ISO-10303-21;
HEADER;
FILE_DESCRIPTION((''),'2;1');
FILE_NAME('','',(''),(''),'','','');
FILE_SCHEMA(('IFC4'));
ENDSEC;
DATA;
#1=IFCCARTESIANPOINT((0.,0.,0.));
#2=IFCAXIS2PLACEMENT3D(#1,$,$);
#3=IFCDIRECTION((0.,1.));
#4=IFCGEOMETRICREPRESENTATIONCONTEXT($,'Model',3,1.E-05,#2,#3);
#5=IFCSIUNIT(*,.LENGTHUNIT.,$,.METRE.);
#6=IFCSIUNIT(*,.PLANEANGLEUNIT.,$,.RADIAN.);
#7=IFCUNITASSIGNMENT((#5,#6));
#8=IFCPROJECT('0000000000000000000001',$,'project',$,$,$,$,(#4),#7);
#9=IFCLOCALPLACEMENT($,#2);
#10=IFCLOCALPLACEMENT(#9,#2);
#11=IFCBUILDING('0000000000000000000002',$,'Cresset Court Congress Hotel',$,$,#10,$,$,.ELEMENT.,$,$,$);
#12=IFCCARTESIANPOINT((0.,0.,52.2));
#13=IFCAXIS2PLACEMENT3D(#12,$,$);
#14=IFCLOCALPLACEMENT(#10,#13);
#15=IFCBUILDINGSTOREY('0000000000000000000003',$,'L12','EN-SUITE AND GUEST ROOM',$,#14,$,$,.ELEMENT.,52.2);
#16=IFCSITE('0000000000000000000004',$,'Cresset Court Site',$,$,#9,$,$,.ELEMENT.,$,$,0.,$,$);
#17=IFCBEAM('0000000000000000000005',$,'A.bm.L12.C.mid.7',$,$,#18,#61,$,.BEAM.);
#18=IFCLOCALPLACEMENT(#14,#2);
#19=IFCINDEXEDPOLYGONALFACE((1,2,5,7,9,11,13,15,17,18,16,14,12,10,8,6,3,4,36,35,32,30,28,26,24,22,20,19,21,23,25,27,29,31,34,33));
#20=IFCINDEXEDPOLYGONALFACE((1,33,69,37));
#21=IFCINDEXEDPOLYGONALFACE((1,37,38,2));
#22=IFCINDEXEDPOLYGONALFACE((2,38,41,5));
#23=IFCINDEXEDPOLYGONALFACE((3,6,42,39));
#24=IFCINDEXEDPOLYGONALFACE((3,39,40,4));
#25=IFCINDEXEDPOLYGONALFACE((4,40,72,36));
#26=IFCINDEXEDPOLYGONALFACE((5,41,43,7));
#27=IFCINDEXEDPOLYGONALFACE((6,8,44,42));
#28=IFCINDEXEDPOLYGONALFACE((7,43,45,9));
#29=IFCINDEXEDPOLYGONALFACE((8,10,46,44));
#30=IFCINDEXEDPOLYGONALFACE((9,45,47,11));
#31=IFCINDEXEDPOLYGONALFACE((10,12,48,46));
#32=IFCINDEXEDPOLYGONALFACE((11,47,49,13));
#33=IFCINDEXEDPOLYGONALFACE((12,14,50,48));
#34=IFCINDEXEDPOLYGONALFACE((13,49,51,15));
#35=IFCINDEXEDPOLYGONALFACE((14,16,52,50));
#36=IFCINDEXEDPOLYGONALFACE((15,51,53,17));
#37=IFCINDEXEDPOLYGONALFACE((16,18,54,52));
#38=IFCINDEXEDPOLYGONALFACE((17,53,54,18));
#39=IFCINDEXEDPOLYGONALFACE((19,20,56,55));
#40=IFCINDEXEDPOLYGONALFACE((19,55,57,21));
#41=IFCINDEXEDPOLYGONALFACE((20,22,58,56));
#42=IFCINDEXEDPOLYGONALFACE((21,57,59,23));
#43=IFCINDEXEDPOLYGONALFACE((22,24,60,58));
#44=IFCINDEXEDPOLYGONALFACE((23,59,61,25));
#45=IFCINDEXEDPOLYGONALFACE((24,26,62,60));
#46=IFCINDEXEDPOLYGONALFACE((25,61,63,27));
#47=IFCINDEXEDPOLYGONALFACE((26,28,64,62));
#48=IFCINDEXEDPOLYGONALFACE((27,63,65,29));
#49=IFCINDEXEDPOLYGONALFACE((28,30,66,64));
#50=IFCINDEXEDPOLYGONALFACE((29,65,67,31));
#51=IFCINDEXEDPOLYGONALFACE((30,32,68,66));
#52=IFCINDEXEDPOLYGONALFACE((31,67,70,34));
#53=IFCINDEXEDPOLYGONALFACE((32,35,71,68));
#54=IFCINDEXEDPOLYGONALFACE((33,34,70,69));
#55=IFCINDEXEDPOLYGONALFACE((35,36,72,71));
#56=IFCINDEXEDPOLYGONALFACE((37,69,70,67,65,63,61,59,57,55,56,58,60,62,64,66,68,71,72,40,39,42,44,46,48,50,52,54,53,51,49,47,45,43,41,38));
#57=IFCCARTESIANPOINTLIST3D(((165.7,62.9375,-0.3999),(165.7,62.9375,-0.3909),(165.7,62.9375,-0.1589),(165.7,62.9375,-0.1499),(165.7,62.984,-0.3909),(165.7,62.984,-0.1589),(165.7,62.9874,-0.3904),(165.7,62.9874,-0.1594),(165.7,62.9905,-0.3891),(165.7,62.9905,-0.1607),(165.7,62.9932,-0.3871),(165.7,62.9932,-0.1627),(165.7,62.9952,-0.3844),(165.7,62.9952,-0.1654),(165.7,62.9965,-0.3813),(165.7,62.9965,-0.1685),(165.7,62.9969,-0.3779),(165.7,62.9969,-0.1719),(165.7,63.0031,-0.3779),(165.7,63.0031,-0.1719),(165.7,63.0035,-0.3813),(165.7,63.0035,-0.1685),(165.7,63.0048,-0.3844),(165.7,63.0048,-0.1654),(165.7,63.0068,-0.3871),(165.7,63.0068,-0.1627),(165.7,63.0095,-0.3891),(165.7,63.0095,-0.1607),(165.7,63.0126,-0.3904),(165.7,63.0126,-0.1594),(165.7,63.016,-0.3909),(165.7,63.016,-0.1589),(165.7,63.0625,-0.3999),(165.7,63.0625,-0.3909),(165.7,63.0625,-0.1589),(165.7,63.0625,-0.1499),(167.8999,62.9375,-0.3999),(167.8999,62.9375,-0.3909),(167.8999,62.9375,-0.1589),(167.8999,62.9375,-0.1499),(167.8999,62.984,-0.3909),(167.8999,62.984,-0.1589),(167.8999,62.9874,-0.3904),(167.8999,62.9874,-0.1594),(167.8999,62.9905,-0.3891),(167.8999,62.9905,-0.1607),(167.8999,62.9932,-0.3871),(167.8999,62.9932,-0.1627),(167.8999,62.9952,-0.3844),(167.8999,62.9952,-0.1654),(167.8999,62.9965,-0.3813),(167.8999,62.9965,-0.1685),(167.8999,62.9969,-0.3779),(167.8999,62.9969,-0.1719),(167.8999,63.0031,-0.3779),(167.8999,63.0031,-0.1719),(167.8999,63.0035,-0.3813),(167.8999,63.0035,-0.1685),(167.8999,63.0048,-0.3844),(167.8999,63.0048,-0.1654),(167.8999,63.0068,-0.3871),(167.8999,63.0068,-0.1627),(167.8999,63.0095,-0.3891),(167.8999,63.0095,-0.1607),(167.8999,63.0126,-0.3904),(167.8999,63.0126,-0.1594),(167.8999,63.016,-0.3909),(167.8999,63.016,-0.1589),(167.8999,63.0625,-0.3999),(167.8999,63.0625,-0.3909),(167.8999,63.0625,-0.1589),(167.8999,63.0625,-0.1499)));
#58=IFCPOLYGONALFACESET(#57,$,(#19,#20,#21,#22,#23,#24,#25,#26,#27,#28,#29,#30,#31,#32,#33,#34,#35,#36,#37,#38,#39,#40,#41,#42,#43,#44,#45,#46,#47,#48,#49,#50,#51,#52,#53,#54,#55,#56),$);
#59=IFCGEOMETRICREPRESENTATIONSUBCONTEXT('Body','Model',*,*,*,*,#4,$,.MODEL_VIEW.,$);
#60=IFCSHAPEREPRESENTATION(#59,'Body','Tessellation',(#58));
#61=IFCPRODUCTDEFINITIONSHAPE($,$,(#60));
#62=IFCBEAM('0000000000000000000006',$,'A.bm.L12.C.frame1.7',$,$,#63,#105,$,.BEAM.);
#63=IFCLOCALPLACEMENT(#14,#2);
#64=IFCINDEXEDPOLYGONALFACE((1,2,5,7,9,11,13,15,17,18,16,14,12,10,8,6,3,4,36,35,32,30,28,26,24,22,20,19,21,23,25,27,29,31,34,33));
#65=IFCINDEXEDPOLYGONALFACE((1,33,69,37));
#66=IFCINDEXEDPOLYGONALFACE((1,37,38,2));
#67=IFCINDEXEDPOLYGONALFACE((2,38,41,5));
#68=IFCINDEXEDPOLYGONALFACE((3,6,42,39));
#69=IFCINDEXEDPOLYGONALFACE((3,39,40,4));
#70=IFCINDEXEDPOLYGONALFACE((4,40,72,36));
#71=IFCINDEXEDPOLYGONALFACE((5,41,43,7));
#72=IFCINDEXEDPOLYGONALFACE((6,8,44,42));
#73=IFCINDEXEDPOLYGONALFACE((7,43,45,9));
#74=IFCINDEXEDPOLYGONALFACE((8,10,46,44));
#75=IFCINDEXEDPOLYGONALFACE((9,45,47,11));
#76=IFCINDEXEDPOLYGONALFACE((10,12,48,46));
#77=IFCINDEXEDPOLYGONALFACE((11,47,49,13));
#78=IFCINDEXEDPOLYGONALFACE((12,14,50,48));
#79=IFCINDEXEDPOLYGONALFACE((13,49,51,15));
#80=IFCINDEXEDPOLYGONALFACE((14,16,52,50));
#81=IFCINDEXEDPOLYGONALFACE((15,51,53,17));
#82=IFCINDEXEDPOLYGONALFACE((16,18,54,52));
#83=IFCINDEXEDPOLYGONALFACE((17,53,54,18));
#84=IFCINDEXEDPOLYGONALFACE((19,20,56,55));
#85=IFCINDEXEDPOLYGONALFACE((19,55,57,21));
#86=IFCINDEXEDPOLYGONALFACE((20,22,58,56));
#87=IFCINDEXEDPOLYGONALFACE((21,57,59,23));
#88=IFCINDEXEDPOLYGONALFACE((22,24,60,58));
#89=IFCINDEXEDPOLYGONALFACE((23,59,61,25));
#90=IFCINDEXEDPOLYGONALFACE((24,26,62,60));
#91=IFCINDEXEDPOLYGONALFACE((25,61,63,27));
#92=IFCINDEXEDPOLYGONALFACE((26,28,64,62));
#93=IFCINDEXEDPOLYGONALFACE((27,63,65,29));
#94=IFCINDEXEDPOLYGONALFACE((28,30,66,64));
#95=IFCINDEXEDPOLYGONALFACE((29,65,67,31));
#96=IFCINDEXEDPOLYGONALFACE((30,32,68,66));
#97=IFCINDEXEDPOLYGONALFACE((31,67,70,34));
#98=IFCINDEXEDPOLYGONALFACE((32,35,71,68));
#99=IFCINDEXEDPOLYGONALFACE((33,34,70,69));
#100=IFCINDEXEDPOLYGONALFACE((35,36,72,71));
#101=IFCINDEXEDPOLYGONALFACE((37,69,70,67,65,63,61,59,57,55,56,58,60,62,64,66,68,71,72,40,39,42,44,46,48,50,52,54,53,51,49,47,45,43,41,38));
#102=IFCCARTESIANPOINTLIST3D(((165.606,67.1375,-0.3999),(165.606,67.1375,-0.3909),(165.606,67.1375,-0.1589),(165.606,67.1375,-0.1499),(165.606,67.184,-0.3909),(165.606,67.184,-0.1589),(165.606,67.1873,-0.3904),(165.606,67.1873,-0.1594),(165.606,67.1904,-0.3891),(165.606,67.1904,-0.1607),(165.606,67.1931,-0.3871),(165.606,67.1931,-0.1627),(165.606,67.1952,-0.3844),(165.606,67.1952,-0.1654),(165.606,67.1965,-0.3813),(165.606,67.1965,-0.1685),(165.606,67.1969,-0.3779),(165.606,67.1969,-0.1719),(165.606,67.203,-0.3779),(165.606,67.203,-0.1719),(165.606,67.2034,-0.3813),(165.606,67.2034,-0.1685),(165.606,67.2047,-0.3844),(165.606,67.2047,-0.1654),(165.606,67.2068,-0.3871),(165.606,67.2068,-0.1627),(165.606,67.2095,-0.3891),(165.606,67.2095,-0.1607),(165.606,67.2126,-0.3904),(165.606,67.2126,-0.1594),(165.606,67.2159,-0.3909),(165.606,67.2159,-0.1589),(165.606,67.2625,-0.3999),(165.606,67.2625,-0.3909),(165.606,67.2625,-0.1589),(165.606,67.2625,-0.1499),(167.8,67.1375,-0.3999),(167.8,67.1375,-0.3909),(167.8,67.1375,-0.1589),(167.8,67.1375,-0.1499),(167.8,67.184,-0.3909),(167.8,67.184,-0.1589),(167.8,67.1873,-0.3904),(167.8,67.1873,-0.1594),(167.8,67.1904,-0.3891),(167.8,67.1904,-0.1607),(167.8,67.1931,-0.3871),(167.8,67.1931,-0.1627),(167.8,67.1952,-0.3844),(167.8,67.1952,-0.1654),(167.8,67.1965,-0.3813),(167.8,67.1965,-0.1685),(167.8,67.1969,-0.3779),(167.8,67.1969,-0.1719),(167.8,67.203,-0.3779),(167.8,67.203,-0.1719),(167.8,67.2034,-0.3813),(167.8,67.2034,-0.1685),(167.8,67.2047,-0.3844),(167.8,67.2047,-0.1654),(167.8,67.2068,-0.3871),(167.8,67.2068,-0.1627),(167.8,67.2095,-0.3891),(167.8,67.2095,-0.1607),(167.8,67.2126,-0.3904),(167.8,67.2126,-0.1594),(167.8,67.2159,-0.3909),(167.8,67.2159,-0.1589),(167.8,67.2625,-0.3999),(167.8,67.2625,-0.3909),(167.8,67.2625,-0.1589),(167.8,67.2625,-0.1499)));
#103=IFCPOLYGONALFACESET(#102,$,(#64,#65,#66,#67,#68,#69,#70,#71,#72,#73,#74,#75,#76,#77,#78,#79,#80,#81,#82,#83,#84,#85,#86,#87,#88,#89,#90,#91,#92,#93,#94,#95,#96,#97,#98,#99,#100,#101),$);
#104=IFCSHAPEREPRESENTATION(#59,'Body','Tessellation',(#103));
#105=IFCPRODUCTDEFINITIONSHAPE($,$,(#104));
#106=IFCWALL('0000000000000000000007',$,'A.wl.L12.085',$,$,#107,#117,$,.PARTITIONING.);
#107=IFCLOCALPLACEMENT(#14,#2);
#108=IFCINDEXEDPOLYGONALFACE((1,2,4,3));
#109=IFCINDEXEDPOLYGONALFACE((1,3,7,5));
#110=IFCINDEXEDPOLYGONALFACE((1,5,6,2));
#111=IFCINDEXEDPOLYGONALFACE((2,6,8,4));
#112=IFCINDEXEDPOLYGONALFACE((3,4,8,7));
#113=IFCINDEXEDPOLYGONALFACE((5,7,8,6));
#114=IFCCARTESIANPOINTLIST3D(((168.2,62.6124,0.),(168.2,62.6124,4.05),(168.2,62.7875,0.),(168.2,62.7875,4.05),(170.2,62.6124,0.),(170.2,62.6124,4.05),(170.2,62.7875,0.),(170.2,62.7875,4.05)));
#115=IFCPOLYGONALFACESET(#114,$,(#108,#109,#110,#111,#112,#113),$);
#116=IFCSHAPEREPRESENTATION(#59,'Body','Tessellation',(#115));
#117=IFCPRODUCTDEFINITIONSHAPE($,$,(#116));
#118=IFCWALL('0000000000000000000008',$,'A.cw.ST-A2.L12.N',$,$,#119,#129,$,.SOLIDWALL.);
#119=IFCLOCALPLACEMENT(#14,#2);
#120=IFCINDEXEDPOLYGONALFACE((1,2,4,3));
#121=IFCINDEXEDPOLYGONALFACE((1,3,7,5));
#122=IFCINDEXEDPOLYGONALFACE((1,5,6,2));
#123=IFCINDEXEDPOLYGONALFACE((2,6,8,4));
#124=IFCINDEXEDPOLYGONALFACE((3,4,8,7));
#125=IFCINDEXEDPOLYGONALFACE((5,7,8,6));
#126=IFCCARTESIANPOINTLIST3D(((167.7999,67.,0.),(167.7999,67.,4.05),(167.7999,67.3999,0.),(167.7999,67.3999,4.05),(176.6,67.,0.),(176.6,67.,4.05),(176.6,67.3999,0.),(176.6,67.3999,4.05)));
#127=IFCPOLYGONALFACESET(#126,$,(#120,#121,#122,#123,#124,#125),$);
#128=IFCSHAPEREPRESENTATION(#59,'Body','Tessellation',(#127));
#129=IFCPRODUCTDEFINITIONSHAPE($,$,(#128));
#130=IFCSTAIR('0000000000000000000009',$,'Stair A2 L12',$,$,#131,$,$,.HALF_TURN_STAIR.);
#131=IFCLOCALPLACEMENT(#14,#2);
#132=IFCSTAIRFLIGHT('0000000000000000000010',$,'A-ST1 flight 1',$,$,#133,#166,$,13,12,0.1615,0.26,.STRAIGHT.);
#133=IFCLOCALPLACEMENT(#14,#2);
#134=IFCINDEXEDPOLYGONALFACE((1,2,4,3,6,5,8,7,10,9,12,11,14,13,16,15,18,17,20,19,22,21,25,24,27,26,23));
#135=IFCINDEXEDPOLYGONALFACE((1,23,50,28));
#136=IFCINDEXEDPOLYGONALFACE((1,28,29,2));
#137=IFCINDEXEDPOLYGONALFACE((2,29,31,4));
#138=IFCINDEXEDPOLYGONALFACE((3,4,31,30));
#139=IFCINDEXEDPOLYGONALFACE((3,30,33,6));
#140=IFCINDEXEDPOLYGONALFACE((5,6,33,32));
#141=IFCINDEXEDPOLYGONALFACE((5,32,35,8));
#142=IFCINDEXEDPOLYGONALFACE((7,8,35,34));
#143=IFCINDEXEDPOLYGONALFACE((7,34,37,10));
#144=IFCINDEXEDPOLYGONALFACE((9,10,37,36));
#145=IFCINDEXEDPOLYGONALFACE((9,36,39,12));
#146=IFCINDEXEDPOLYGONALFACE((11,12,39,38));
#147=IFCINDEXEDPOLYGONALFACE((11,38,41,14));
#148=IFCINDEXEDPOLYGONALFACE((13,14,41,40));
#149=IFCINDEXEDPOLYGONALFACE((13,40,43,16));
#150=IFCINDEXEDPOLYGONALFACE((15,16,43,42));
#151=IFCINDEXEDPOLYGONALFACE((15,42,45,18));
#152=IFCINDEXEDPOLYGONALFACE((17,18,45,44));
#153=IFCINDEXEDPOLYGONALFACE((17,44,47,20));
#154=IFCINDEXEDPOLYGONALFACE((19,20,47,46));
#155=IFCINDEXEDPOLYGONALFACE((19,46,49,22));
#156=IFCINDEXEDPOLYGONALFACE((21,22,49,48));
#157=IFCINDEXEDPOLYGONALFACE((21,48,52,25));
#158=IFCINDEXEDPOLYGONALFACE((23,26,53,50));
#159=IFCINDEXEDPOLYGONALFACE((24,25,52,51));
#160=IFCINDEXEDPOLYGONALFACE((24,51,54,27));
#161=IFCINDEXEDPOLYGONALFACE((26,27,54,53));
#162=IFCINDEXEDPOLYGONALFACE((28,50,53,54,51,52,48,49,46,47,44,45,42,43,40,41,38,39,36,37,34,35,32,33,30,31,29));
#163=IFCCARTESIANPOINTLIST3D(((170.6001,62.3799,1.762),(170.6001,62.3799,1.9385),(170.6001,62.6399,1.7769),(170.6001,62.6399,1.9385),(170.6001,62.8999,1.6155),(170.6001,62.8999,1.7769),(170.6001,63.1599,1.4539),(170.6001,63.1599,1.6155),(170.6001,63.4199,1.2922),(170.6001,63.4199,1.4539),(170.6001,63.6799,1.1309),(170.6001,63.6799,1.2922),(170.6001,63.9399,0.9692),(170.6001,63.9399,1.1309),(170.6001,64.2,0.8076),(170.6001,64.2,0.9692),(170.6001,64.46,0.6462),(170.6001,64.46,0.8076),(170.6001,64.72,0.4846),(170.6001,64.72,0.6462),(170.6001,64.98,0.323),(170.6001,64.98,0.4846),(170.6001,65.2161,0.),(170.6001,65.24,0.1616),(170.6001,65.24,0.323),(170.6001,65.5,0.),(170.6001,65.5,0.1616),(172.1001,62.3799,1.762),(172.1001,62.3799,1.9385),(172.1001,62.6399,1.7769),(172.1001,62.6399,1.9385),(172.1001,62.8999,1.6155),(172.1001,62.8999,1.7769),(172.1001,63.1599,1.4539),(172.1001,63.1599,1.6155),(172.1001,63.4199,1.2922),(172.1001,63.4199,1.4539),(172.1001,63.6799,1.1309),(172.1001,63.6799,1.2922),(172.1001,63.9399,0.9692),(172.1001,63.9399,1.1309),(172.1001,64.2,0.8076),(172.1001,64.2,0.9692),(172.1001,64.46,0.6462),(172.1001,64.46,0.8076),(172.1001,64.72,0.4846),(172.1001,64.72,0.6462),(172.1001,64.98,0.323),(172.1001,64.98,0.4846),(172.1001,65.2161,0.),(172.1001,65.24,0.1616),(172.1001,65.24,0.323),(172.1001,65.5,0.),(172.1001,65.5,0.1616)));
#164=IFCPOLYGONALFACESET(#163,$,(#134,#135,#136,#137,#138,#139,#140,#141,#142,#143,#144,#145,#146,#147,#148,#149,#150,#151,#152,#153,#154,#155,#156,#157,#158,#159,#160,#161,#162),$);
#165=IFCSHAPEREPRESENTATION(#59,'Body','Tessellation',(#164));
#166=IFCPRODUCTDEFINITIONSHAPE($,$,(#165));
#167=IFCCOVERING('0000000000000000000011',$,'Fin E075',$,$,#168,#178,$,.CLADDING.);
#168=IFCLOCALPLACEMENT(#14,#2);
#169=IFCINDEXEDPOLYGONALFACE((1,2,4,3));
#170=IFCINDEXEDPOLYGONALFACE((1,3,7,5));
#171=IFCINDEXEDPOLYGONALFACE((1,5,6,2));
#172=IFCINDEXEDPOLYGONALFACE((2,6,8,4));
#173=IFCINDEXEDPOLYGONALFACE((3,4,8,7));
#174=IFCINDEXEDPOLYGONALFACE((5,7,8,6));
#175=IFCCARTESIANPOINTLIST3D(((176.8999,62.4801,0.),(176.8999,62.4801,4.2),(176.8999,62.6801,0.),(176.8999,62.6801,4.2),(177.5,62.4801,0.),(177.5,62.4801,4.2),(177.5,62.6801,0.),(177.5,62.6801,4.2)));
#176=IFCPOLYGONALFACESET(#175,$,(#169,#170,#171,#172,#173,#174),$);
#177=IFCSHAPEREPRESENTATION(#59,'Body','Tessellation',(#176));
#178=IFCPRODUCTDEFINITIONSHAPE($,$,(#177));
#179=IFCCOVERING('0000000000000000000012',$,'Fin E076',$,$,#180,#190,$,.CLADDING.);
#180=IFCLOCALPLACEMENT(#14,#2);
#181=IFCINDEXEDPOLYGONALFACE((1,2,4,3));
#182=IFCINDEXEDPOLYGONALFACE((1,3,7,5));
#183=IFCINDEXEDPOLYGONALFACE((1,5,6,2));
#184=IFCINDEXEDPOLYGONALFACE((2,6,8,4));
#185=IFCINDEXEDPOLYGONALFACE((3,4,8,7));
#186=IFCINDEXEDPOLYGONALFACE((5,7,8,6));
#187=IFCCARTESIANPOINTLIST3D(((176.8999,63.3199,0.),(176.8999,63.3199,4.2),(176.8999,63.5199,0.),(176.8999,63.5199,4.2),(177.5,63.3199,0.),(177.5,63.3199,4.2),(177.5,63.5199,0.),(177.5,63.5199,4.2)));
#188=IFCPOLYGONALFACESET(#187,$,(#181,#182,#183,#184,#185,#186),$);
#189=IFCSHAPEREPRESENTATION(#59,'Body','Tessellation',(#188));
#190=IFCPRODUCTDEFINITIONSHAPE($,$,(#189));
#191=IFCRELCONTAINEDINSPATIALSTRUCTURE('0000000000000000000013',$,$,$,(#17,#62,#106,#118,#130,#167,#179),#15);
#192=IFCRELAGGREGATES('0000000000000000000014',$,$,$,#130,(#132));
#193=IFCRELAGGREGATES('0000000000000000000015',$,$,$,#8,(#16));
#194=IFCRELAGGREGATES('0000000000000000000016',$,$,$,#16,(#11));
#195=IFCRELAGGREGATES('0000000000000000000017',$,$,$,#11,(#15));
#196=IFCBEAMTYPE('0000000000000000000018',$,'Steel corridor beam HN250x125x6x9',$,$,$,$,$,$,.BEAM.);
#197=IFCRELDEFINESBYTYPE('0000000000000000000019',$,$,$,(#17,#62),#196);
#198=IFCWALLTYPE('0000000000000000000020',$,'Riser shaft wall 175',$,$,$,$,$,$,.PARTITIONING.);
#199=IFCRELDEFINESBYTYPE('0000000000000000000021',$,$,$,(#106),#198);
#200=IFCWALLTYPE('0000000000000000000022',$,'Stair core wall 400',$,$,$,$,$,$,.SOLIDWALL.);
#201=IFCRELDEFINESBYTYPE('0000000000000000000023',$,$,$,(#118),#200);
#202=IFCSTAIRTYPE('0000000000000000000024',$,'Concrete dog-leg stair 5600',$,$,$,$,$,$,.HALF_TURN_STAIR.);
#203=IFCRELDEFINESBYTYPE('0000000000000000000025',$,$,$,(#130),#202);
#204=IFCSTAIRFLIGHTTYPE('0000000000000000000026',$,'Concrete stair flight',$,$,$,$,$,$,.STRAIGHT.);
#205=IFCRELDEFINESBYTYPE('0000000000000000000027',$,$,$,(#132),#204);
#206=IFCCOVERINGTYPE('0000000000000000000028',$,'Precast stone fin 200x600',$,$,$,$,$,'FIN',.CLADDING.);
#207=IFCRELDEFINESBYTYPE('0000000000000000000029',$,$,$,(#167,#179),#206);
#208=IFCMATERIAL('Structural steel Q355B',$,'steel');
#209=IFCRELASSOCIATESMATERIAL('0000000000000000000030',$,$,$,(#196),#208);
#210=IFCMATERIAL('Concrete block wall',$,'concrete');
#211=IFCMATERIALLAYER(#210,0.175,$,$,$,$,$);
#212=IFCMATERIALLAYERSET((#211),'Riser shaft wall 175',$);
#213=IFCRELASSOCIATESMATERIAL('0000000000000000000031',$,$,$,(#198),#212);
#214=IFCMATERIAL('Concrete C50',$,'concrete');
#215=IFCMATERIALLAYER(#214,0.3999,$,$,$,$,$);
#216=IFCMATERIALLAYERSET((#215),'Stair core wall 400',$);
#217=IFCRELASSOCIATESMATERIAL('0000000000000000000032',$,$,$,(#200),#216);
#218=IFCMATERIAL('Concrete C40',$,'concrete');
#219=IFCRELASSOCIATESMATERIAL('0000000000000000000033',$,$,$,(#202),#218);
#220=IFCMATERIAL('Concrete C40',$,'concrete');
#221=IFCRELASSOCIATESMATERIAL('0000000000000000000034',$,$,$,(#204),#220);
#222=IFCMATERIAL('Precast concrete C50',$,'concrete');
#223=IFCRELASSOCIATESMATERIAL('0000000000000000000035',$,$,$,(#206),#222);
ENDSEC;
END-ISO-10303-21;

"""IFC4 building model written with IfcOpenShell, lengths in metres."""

from ifc_helpers import new_model, si_unit, direction, frame, frame_2d, origin, origin_2d, place, context, subcontext, project, spatial, polyline, rectangle, i_section, outline, extrude, material, layer, layer_set, material_profile, profile_set, type_object, element, aggregate, save


model = new_model("IFC4")

# Units and contexts
model_context = context("Model", 3, precision=1e-05, world=origin(), true_north=direction((0.0, 1.0)))
body_context = subcontext(model_context, "Body", "Model", "MODEL_VIEW")
ifc_project = project(units=[si_unit("LENGTHUNIT", "METRE"), si_unit("PLANEANGLEUNIT", "RADIAN")], contexts=[model_context])

# Site, building, storey
site_placement = place(None, origin())
site = spatial("IfcSite", under=ifc_project, at=site_placement, Name="Cresset Court Site", CompositionType="ELEMENT", RefElevation=0.0)
building_placement = place(site_placement, origin())
building = spatial("IfcBuilding", under=site, at=building_placement, Name="Cresset Court Congress Hotel", CompositionType="ELEMENT")
storey_placement = place(building_placement, frame((0.0, 0.0, 52.2)))
storey = spatial("IfcBuildingStorey", under=building, at=storey_placement, Name="L12", Description="EN-SUITE AND GUEST ROOM", CompositionType="ELEMENT", Elevation=52.2)

# Beams
ifc_material_1 = material(Name="Structural steel Q355B", Category="steel")
ifc_material_profile = material_profile(ifc_material_1, i_section(OverallWidth=0.125, OverallDepth=0.25, WebThickness=0.0061, FlangeThickness=0.009, FilletRadius=0.0129, at=origin_2d()), Name="HN250x125x6x9")
ifc_profile_set = profile_set([ifc_material_profile], Name="Structural steel Q355B")
beam_type = type_object("IfcBeamType", Name="Steel corridor beam HN250x125x6x9", PredefinedType="BEAM", material=ifc_profile_set)
beam_1_placement = place(storey_placement, frame((165.7, 63.0, -0.2749), z_axis=(1.0, 0.0, 0.0), x_axis=(0.0, 1.0, 0.0)))
element("IfcBeam", 1, at=beam_1_placement, inside=storey, type_object=beam_type, Name="A.bm.L12.C.mid.7", PredefinedType="BEAM", context=body_context, shape_type="SweptSolid", body=[
    extrude(i_section(OverallWidth=0.125, OverallDepth=0.25, WebThickness=0.0061, FlangeThickness=0.009, FilletRadius=0.0129, at=origin_2d()), origin(), (0.0, 0.0, 1.0), 2.2),
])
beam_2_placement = place(storey_placement, frame((165.606, 67.2, -0.2749), z_axis=(1.0, 0.0, 0.0), x_axis=(0.0, 1.0, 0.0)))
element("IfcBeam", 2, at=beam_2_placement, inside=storey, type_object=beam_type, Name="A.bm.L12.C.frame1.7", PredefinedType="BEAM", context=body_context, shape_type="SweptSolid", body=[
    extrude(i_section(OverallWidth=0.125, OverallDepth=0.25, WebThickness=0.0061, FlangeThickness=0.009, FilletRadius=0.0129, at=origin_2d()), origin(), (0.0, 0.0, 1.0), 2.1941),
])

# Walls
ifc_material_2 = material(Name="Concrete block wall", Category="concrete")
ifc_layer_1 = layer(ifc_material_2, 0.175)
ifc_layer_set_1 = layer_set([ifc_layer_1], Name="Riser shaft wall 175")
wall_type_1 = type_object("IfcWallType", Name="Riser shaft wall 175", PredefinedType="PARTITIONING", material=ifc_layer_set_1)
wall_1_placement = place(storey_placement, frame((168.2, 62.7, 0.0), z_axis=(0.0, 0.0, 1.0), x_axis=(1.0, 0.0, 0.0)))
element("IfcWall", 3, at=wall_1_placement, inside=storey, type_object=wall_type_1, Name="A.wl.L12.085", PredefinedType="PARTITIONING", context=body_context, shape_type="SweptSolid", body=[
    extrude(rectangle(XDim=2.0, YDim=0.175, at=frame_2d((1.0, 0.0))), origin(), (0.0, 0.0, 1.0), 4.05),
])
ifc_material_3 = material(Name="Concrete C50", Category="concrete")
ifc_layer_2 = layer(ifc_material_3, 0.3999)
ifc_layer_set_2 = layer_set([ifc_layer_2], Name="Stair core wall 400")
wall_type_2 = type_object("IfcWallType", Name="Stair core wall 400", PredefinedType="SOLIDWALL", material=ifc_layer_set_2)
wall_2_placement = place(storey_placement, frame((167.8, 67.2, 0.0), z_axis=(0.0, 0.0, 1.0), x_axis=(1.0, 0.0, 0.0)))
element("IfcWall", 4, at=wall_2_placement, inside=storey, type_object=wall_type_2, Name="A.cw.ST-A2.L12.N", PredefinedType="SOLIDWALL", context=body_context, shape_type="SweptSolid", body=[
    extrude(rectangle(XDim=8.8, YDim=0.3999, at=frame_2d((4.3999, 0.0))), origin(), (0.0, 0.0, 1.0), 4.05),
])

# Stair, stair flight
ifc_material_4 = material(Name="Concrete C40", Category="concrete")
stair_type = type_object("IfcStairType", Name="Concrete dog-leg stair 5600", PredefinedType="HALF_TURN_STAIR", material=ifc_material_4)
stair_placement = place(storey_placement, origin())
stair = element("IfcStair", 5, at=stair_placement, inside=storey, type_object=stair_type, Name="Stair A2 L12", PredefinedType="HALF_TURN_STAIR")
ifc_material_5 = material(Name="Concrete C40", Category="concrete")
stair_flight_type = type_object("IfcStairFlightType", Name="Concrete stair flight", PredefinedType="STRAIGHT", material=ifc_material_5)
stair_flight_placement = place(storey_placement, frame((171.3501, 65.5, 0.0), z_axis=(0.0, 0.0, 1.0), x_axis=(0.0, -1.0, 0.0)))
stair_flight = element("IfcStairFlight", 6, at=stair_flight_placement, type_object=stair_flight_type, Name="A-ST1 flight 1", NumberOfRisers=13, NumberOfTreads=12, PredefinedType="STRAIGHT", RiserHeight=0.1615, TreadLength=0.26, context=body_context, shape_type="SweptSolid", body=[
    extrude(outline(polyline([(0.0, 0.0), (0.0, 0.1616), (0.26, 0.1616), (0.26, 0.323), (0.52, 0.323), (0.52, 0.4846), (0.78, 0.4846), (0.78, 0.6462), (1.04, 0.6462), (1.04, 0.8076), (1.3, 0.8076), (1.3, 0.9692), (1.5601, 0.9692), (1.5601, 1.1309), (1.8201, 1.1309), (1.8201, 1.2922), (2.0801, 1.2922), (2.0801, 1.4539), (2.3401, 1.4539), (2.3401, 1.6155), (2.6001, 1.6155), (2.6001, 1.7769), (2.8601, 1.7769), (2.8601, 1.9385), (3.1201, 1.9385), (3.1201, 2.1001), (3.1201, 1.762), (0.2839, 0.0), (0.0, 0.0)])), frame((0.0, 0.75, 0.0), z_axis=(0.0, -1.0, 0.0), x_axis=(1.0, 0.0, 0.0)), (0.0, 0.0, 1.0), 1.5),
])
aggregate(stair, [stair_flight])

# Coverings
ifc_material_6 = material(Name="Precast concrete C50", Category="concrete")
covering_type_1 = type_object("IfcCoveringType", Name="Precast stone fin 200x600", ElementType="FIN", PredefinedType="CLADDING", material=ifc_material_6)
for number, where, z_axis, x_axis, name in (
    (7, (177.2, 62.5801, 0.0), (0.0, 0.0, 1.0), (1.0, 0.0, 0.0), "Fin E075"),
    (8, (177.2, 63.4199, 0.0), (0.0, 0.0, 1.0), (1.0, 0.0, 0.0), "Fin E076"),
):
    element("IfcCovering", number, at=place(storey_placement, frame(where, z_axis=z_axis, x_axis=x_axis)), inside=storey, type_object=covering_type_1, Name=name, PredefinedType="CLADDING", context=body_context, shape_type="SweptSolid", body=[
        extrude(rectangle(XDim=0.6001, YDim=0.2, at=origin_2d()), origin(), (0.0, 0.0, 1.0), 4.2),
    ])

save(model, "model.ifc")
